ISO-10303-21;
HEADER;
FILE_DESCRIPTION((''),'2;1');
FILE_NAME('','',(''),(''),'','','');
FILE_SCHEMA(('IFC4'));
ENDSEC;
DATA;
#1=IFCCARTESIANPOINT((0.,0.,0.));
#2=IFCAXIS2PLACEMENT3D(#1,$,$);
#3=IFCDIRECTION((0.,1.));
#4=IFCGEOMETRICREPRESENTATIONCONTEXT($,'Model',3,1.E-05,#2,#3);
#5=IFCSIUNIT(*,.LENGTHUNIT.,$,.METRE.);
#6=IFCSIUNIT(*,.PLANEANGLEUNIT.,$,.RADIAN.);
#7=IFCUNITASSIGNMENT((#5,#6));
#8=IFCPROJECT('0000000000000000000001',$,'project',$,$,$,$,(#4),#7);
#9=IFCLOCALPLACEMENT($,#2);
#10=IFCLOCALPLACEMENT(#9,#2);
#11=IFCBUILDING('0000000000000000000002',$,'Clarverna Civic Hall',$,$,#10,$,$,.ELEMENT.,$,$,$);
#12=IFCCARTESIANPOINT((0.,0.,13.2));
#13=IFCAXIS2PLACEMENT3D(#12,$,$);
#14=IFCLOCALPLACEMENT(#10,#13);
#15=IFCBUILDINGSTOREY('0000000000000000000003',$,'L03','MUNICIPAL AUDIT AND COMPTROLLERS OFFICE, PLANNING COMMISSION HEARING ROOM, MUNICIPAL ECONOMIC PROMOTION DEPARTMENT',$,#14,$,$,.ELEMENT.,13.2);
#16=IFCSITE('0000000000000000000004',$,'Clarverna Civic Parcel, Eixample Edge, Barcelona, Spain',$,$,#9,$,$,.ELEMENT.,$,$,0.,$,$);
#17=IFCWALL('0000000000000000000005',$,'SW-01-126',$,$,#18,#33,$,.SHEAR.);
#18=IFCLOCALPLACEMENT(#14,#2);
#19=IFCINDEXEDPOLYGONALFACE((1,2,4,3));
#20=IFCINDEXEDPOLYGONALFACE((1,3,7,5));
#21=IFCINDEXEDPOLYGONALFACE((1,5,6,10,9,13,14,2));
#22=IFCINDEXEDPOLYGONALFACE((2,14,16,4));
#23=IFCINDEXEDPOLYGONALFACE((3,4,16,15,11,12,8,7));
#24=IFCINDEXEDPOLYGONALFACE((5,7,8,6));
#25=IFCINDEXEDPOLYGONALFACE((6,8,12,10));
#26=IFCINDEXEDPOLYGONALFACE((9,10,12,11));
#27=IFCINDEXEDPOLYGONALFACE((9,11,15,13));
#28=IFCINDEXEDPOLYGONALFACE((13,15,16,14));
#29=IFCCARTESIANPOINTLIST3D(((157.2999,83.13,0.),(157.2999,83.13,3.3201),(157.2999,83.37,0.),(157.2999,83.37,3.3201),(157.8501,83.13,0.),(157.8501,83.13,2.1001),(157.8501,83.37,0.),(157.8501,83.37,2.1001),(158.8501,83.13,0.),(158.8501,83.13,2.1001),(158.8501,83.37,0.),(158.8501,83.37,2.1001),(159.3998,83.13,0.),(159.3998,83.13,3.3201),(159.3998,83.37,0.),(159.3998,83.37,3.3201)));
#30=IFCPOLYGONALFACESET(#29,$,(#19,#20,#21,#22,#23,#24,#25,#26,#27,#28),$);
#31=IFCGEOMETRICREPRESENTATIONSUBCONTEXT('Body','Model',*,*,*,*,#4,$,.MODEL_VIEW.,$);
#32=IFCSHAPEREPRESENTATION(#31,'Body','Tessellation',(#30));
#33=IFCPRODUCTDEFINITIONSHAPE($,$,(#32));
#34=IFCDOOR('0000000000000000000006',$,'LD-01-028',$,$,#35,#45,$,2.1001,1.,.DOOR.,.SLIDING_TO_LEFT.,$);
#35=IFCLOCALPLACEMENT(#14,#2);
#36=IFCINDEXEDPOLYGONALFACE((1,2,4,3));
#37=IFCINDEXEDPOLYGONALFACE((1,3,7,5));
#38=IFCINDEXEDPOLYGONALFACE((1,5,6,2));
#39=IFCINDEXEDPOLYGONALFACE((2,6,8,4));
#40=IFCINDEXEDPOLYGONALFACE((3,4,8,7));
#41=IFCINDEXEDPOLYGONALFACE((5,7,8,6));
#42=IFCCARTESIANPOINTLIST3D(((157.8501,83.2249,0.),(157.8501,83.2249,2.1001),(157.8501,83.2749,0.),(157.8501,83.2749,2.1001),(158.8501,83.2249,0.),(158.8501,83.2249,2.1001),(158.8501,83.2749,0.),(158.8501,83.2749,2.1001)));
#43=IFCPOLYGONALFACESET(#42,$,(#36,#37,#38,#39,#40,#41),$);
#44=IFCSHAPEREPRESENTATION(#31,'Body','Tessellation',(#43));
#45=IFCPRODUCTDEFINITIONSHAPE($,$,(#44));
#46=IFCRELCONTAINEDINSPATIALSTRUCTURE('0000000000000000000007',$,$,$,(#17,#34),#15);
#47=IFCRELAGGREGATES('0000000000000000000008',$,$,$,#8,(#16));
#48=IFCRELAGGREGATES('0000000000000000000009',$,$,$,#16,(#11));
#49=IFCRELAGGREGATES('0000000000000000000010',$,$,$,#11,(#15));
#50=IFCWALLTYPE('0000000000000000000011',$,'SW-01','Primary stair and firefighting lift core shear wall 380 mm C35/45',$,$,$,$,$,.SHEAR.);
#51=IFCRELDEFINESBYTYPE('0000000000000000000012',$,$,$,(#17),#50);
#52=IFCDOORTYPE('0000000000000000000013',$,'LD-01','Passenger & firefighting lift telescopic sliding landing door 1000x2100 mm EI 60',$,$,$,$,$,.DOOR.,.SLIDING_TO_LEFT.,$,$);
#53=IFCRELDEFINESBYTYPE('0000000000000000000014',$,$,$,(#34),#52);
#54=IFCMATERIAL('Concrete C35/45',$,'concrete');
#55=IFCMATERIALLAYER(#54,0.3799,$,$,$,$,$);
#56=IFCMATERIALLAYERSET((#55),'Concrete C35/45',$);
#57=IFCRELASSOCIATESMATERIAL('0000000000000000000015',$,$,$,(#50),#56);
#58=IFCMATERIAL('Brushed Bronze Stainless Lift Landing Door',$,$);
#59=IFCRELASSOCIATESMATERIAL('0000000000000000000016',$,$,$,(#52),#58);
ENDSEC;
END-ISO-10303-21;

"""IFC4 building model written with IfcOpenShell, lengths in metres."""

from ifc_helpers import new_model, si_unit, direction, frame, frame_2d, origin, place, context, subcontext, project, spatial, rectangle, extrude, material, layer, layer_set, type_object, element, fill, save


model = new_model("IFC4")

# Units and contexts
model_context = context("Model", 3, precision=1e-05, world=origin(), true_north=direction((0.0, 1.0)))
body_context = subcontext(model_context, "Body", "Model", "MODEL_VIEW")
ifc_project = project(units=[si_unit("LENGTHUNIT", "METRE"), si_unit("PLANEANGLEUNIT", "RADIAN")], contexts=[model_context])

# Site, building, storey
site_placement = place(None, origin())
site = spatial("IfcSite", under=ifc_project, at=site_placement, Name="Clarverna Civic Parcel, Eixample Edge, Barcelona, Spain", CompositionType="ELEMENT", RefElevation=0.0)
building_placement = place(site_placement, origin())
building = spatial("IfcBuilding", under=site, at=building_placement, Name="Clarverna Civic Hall", CompositionType="ELEMENT")
storey_placement = place(building_placement, frame((0.0, 0.0, 13.2)))
storey = spatial("IfcBuildingStorey", under=building, at=storey_placement, Name="L03", Description="MUNICIPAL AUDIT AND COMPTROLLERS OFFICE, PLANNING COMMISSION HEARING ROOM, MUNICIPAL ECONOMIC PROMOTION DEPARTMENT", CompositionType="ELEMENT", Elevation=13.2)

# Shared definitions
ifc_material_1 = material(Name="Concrete C35/45", Category="concrete")

# Shared definitions
ifc_layer_1 = layer(ifc_material_1, 0.3799)
ifc_layer_set_1 = layer_set([ifc_layer_1], Name="Concrete C35/45")
wall_type_1 = type_object("IfcWallType", Name="SW-01", Description="Primary stair and firefighting lift core shear wall 380 mm C35/45", PredefinedType="SHEAR", material=ifc_layer_set_1)

# Wall, opening, door
ifc_material_2 = material(Name="Brushed Bronze Stainless Lift Landing Door")
door_type_1 = type_object("IfcDoorType", Name="LD-01", Description="Passenger & firefighting lift telescopic sliding landing door 1000x2100 mm EI 60", OperationType="SLIDING_TO_LEFT", PredefinedType="DOOR", material=ifc_material_2)
wall_1_placement = place(storey_placement, frame((157.3, 83.25, 0.0), z_axis=(0.0, 0.0, 1.0), x_axis=(1.0, 0.0, 0.0)))
wall_1 = element("IfcWall", 1, at=wall_1_placement, inside=storey, type_object=wall_type_1, Name="SW-01-126", PredefinedType="SHEAR", context=body_context, shape_type="SweptSolid", body=[
    extrude(rectangle(XDim=2.0999, YDim=0.24, at=frame_2d((1.0498, 0.0))), origin(), (0.0, 0.0, 1.0), 3.3201),
])
opening_1_placement = place(wall_1_placement, frame((0.55, 0.0, 0.0)))
opening_1 = element("IfcOpeningElement", 2, at=opening_1_placement, cuts=wall_1, PredefinedType="OPENING", context=body_context, shape_type="SweptSolid", body=[
    extrude(rectangle(XDim=1.0, YDim=2.1001, at=frame_2d((0.5, 1.05))), frame((0.0, 0.1299, 0.0), z_axis=(0.0, -1.0, 0.0), x_axis=(1.0, 0.0, 0.0)), (0.0, 0.0, 1.0), 0.26),
])
door_1_placement = place(opening_1_placement, origin())
door_1 = element("IfcDoor", 3, at=door_1_placement, inside=storey, type_object=door_type_1, Name="LD-01-028", OperationType="SLIDING_TO_LEFT", OverallHeight=2.1001, OverallWidth=1.0, PredefinedType="DOOR", context=body_context, shape_type="SweptSolid", body=[
    extrude(rectangle(XDim=1.0, YDim=2.1001, at=frame_2d((0.5, 1.05))), frame((0.0, 0.0249, 0.0), z_axis=(0.0, -1.0, 0.0), x_axis=(1.0, 0.0, 0.0)), (0.0, 0.0, 1.0), 0.05),
])
fill(opening_1, door_1)

save(model, "model.ifc")
